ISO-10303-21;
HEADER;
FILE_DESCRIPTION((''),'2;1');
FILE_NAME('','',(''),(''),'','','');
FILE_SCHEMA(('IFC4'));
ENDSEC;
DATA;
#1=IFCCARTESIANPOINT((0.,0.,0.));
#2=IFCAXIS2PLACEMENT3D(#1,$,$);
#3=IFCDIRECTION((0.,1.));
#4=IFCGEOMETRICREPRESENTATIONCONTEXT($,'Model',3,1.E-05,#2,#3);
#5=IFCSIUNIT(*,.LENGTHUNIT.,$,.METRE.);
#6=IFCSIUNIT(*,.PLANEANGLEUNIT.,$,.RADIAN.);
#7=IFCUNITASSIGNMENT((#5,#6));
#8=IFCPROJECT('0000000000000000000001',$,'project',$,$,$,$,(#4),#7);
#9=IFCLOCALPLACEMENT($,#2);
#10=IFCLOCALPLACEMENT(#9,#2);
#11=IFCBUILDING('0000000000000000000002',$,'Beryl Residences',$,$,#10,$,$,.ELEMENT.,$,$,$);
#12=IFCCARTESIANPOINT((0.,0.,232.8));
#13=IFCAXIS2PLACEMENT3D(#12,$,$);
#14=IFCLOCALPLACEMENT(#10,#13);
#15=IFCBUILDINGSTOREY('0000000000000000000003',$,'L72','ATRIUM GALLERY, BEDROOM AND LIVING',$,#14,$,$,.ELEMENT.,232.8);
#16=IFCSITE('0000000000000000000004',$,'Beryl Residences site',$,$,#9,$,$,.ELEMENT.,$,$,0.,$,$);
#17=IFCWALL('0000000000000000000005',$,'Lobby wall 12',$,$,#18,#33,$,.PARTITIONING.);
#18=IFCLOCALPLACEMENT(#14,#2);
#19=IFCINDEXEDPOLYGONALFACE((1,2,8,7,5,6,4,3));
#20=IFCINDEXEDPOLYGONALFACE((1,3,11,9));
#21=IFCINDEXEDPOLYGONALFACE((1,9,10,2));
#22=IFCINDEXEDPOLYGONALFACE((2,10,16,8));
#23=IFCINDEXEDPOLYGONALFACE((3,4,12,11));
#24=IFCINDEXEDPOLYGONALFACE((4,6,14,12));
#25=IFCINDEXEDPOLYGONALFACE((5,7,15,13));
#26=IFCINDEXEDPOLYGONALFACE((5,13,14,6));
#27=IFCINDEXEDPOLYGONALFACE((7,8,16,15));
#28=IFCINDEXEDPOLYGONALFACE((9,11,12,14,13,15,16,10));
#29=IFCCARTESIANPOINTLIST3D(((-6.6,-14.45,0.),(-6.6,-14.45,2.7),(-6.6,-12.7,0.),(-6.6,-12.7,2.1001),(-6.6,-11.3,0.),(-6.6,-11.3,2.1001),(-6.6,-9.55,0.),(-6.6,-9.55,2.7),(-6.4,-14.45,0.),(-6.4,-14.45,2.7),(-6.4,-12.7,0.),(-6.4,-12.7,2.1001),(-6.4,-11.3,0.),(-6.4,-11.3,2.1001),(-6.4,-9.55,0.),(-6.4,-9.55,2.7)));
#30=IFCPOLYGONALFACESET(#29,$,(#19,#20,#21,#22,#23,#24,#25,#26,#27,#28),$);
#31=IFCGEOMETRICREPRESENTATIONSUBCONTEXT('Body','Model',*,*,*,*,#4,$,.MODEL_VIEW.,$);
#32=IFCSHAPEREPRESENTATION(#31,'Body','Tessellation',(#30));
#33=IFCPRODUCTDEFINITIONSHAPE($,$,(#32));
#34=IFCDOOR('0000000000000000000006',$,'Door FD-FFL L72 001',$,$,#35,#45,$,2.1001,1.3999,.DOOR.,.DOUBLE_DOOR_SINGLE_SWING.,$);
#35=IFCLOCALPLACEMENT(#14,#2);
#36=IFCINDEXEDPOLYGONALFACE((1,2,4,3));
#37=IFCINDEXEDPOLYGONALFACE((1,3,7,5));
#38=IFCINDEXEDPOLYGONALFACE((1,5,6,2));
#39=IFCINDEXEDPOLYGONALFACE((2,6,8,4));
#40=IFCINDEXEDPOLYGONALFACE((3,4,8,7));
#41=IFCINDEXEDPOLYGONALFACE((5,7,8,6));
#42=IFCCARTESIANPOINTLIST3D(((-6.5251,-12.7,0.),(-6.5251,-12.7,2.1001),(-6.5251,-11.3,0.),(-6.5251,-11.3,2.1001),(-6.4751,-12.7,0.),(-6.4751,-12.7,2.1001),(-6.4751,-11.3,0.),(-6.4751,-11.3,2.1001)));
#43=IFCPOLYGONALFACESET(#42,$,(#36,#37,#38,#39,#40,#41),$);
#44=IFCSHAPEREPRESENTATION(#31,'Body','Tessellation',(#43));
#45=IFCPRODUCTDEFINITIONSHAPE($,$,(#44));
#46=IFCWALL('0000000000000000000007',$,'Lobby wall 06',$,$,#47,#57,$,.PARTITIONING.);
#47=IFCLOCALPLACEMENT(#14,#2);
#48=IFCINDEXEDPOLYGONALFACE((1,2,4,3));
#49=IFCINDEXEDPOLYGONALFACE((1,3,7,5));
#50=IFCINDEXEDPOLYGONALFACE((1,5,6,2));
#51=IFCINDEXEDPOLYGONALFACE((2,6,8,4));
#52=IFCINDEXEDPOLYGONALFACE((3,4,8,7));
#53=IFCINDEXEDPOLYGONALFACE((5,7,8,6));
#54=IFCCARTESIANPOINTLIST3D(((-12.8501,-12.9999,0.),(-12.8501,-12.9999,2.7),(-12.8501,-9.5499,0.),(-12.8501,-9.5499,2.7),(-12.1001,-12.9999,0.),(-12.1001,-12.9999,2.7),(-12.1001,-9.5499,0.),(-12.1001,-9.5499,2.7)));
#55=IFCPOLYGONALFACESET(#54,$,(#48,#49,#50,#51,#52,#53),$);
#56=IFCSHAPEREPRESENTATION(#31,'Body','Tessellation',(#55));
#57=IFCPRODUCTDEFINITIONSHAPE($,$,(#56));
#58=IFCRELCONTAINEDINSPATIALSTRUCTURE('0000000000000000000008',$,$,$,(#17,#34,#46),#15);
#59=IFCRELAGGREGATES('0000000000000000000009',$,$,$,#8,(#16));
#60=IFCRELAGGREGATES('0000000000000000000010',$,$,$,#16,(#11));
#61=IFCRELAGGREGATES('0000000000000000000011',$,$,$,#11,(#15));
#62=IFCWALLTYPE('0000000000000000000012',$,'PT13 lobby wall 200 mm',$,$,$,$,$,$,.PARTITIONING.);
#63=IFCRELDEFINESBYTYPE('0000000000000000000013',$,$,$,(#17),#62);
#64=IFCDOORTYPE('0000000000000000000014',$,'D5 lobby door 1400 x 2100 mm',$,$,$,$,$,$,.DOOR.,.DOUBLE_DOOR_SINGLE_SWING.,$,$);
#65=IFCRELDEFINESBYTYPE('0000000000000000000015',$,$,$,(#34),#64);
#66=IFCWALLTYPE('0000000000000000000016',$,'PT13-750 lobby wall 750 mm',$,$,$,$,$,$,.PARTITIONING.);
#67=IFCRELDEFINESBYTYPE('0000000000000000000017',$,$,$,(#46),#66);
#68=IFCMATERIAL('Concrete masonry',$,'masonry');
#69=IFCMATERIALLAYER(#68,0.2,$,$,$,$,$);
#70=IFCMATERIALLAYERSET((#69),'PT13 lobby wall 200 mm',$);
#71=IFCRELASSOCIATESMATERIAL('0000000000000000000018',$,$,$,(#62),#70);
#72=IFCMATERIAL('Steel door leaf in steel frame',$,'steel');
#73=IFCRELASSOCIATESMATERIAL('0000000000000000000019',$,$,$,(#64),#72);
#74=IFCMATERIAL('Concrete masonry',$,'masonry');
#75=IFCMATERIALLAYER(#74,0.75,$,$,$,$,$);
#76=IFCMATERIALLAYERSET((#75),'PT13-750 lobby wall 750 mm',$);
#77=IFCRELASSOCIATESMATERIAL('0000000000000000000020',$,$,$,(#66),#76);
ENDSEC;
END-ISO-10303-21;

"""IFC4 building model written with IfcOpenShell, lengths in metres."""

from ifc_helpers import new_model, si_unit, direction, frame, frame_2d, origin, place, context, subcontext, project, spatial, rectangle, extrude, material, layer, layer_set, type_object, element, fill, save


model = new_model("IFC4")

# Units and contexts
model_context = context("Model", 3, precision=1e-05, world=origin(), true_north=direction((0.0, 1.0)))
body_context = subcontext(model_context, "Body", "Model", "MODEL_VIEW")
ifc_project = project(units=[si_unit("LENGTHUNIT", "METRE"), si_unit("PLANEANGLEUNIT", "RADIAN")], contexts=[model_context])

# Site, building, storey
site_placement = place(None, origin())
site = spatial("IfcSite", under=ifc_project, at=site_placement, Name="Beryl Residences site", CompositionType="ELEMENT", RefElevation=0.0)
building_placement = place(site_placement, origin())
building = spatial("IfcBuilding", under=site, at=building_placement, Name="Beryl Residences", CompositionType="ELEMENT")
storey_placement = place(building_placement, frame((0.0, 0.0, 232.8)))
storey = spatial("IfcBuildingStorey", under=building, at=storey_placement, Name="L72", Description="ATRIUM GALLERY, BEDROOM AND LIVING", CompositionType="ELEMENT", Elevation=232.8)

# Wall, opening, door
ifc_material_1 = material(Name="Concrete masonry", Category="masonry")
ifc_layer_1 = layer(ifc_material_1, 0.2)
ifc_layer_set_1 = layer_set([ifc_layer_1], Name="PT13 lobby wall 200 mm")
wall_type_1 = type_object("IfcWallType", Name="PT13 lobby wall 200 mm", PredefinedType="PARTITIONING", material=ifc_layer_set_1)
wall_1_placement = place(storey_placement, frame((-6.5, -14.45, 0.0), z_axis=(0.0, 0.0, 1.0), x_axis=(0.0, 1.0, 0.0)))
wall_1 = element("IfcWall", 1, at=wall_1_placement, inside=storey, type_object=wall_type_1, Name="Lobby wall 12", PredefinedType="PARTITIONING", context=body_context, shape_type="SweptSolid", body=[
    extrude(rectangle(XDim=4.8999, YDim=0.2, at=frame_2d((2.45, 0.0))), origin(), (0.0, 0.0, 1.0), 2.7),
])
opening_1_placement = place(wall_1_placement, frame((3.1499, 0.0, 0.0), z_axis=(0.0, 0.0, 1.0), x_axis=(-1.0, 0.0, 0.0)))
opening_1 = element("IfcOpeningElement", 2, at=opening_1_placement, cuts=wall_1, PredefinedType="OPENING", context=body_context, shape_type="SweptSolid", body=[
    extrude(rectangle(XDim=1.3999, YDim=2.1001, at=frame_2d((0.7, 1.05))), frame((0.0, 0.1099, 0.0), z_axis=(0.0, -1.0, 0.0), x_axis=(1.0, 0.0, 0.0)), (0.0, 0.0, 1.0), 0.22),
])
ifc_material_2 = material(Name="Steel door leaf in steel frame", Category="steel")
door_type_1 = type_object("IfcDoorType", Name="D5 lobby door 1400 x 2100 mm", OperationType="DOUBLE_DOOR_SINGLE_SWING", PredefinedType="DOOR", material=ifc_material_2)
door_1_placement = place(opening_1_placement, origin())
door_1 = element("IfcDoor", 3, at=door_1_placement, inside=storey, type_object=door_type_1, Name="Door FD-FFL L72 001", OperationType="DOUBLE_DOOR_SINGLE_SWING", OverallHeight=2.1001, OverallWidth=1.3999, PredefinedType="DOOR", context=body_context, shape_type="SweptSolid", body=[
    extrude(rectangle(XDim=1.3999, YDim=2.1001, at=frame_2d((0.7, 1.05))), frame((0.0, 0.0249, 0.0), z_axis=(0.0, -1.0, 0.0), x_axis=(1.0, 0.0, 0.0)), (0.0, 0.0, 1.0), 0.05),
])
fill(opening_1, door_1)

# Wall
ifc_material_3 = material(Name="Concrete masonry", Category="masonry")
ifc_layer_2 = layer(ifc_material_3, 0.75)
ifc_layer_set_2 = layer_set([ifc_layer_2], Name="PT13-750 lobby wall 750 mm")
wall_type_2 = type_object("IfcWallType", Name="PT13-750 lobby wall 750 mm", PredefinedType="PARTITIONING", material=ifc_layer_set_2)
wall_2_placement = place(storey_placement, frame((-12.4751, -13.0, 0.0), z_axis=(0.0, 0.0, 1.0), x_axis=(0.0, 1.0, 0.0)))
element("IfcWall", 4, at=wall_2_placement, inside=storey, type_object=wall_type_2, Name="Lobby wall 06", PredefinedType="PARTITIONING", context=body_context, shape_type="SweptSolid", body=[
    extrude(rectangle(XDim=3.45, YDim=0.75, at=frame_2d((1.7251, 0.0))), origin(), (0.0, 0.0, 1.0), 2.7),
])

save(model, "model.ifc")
